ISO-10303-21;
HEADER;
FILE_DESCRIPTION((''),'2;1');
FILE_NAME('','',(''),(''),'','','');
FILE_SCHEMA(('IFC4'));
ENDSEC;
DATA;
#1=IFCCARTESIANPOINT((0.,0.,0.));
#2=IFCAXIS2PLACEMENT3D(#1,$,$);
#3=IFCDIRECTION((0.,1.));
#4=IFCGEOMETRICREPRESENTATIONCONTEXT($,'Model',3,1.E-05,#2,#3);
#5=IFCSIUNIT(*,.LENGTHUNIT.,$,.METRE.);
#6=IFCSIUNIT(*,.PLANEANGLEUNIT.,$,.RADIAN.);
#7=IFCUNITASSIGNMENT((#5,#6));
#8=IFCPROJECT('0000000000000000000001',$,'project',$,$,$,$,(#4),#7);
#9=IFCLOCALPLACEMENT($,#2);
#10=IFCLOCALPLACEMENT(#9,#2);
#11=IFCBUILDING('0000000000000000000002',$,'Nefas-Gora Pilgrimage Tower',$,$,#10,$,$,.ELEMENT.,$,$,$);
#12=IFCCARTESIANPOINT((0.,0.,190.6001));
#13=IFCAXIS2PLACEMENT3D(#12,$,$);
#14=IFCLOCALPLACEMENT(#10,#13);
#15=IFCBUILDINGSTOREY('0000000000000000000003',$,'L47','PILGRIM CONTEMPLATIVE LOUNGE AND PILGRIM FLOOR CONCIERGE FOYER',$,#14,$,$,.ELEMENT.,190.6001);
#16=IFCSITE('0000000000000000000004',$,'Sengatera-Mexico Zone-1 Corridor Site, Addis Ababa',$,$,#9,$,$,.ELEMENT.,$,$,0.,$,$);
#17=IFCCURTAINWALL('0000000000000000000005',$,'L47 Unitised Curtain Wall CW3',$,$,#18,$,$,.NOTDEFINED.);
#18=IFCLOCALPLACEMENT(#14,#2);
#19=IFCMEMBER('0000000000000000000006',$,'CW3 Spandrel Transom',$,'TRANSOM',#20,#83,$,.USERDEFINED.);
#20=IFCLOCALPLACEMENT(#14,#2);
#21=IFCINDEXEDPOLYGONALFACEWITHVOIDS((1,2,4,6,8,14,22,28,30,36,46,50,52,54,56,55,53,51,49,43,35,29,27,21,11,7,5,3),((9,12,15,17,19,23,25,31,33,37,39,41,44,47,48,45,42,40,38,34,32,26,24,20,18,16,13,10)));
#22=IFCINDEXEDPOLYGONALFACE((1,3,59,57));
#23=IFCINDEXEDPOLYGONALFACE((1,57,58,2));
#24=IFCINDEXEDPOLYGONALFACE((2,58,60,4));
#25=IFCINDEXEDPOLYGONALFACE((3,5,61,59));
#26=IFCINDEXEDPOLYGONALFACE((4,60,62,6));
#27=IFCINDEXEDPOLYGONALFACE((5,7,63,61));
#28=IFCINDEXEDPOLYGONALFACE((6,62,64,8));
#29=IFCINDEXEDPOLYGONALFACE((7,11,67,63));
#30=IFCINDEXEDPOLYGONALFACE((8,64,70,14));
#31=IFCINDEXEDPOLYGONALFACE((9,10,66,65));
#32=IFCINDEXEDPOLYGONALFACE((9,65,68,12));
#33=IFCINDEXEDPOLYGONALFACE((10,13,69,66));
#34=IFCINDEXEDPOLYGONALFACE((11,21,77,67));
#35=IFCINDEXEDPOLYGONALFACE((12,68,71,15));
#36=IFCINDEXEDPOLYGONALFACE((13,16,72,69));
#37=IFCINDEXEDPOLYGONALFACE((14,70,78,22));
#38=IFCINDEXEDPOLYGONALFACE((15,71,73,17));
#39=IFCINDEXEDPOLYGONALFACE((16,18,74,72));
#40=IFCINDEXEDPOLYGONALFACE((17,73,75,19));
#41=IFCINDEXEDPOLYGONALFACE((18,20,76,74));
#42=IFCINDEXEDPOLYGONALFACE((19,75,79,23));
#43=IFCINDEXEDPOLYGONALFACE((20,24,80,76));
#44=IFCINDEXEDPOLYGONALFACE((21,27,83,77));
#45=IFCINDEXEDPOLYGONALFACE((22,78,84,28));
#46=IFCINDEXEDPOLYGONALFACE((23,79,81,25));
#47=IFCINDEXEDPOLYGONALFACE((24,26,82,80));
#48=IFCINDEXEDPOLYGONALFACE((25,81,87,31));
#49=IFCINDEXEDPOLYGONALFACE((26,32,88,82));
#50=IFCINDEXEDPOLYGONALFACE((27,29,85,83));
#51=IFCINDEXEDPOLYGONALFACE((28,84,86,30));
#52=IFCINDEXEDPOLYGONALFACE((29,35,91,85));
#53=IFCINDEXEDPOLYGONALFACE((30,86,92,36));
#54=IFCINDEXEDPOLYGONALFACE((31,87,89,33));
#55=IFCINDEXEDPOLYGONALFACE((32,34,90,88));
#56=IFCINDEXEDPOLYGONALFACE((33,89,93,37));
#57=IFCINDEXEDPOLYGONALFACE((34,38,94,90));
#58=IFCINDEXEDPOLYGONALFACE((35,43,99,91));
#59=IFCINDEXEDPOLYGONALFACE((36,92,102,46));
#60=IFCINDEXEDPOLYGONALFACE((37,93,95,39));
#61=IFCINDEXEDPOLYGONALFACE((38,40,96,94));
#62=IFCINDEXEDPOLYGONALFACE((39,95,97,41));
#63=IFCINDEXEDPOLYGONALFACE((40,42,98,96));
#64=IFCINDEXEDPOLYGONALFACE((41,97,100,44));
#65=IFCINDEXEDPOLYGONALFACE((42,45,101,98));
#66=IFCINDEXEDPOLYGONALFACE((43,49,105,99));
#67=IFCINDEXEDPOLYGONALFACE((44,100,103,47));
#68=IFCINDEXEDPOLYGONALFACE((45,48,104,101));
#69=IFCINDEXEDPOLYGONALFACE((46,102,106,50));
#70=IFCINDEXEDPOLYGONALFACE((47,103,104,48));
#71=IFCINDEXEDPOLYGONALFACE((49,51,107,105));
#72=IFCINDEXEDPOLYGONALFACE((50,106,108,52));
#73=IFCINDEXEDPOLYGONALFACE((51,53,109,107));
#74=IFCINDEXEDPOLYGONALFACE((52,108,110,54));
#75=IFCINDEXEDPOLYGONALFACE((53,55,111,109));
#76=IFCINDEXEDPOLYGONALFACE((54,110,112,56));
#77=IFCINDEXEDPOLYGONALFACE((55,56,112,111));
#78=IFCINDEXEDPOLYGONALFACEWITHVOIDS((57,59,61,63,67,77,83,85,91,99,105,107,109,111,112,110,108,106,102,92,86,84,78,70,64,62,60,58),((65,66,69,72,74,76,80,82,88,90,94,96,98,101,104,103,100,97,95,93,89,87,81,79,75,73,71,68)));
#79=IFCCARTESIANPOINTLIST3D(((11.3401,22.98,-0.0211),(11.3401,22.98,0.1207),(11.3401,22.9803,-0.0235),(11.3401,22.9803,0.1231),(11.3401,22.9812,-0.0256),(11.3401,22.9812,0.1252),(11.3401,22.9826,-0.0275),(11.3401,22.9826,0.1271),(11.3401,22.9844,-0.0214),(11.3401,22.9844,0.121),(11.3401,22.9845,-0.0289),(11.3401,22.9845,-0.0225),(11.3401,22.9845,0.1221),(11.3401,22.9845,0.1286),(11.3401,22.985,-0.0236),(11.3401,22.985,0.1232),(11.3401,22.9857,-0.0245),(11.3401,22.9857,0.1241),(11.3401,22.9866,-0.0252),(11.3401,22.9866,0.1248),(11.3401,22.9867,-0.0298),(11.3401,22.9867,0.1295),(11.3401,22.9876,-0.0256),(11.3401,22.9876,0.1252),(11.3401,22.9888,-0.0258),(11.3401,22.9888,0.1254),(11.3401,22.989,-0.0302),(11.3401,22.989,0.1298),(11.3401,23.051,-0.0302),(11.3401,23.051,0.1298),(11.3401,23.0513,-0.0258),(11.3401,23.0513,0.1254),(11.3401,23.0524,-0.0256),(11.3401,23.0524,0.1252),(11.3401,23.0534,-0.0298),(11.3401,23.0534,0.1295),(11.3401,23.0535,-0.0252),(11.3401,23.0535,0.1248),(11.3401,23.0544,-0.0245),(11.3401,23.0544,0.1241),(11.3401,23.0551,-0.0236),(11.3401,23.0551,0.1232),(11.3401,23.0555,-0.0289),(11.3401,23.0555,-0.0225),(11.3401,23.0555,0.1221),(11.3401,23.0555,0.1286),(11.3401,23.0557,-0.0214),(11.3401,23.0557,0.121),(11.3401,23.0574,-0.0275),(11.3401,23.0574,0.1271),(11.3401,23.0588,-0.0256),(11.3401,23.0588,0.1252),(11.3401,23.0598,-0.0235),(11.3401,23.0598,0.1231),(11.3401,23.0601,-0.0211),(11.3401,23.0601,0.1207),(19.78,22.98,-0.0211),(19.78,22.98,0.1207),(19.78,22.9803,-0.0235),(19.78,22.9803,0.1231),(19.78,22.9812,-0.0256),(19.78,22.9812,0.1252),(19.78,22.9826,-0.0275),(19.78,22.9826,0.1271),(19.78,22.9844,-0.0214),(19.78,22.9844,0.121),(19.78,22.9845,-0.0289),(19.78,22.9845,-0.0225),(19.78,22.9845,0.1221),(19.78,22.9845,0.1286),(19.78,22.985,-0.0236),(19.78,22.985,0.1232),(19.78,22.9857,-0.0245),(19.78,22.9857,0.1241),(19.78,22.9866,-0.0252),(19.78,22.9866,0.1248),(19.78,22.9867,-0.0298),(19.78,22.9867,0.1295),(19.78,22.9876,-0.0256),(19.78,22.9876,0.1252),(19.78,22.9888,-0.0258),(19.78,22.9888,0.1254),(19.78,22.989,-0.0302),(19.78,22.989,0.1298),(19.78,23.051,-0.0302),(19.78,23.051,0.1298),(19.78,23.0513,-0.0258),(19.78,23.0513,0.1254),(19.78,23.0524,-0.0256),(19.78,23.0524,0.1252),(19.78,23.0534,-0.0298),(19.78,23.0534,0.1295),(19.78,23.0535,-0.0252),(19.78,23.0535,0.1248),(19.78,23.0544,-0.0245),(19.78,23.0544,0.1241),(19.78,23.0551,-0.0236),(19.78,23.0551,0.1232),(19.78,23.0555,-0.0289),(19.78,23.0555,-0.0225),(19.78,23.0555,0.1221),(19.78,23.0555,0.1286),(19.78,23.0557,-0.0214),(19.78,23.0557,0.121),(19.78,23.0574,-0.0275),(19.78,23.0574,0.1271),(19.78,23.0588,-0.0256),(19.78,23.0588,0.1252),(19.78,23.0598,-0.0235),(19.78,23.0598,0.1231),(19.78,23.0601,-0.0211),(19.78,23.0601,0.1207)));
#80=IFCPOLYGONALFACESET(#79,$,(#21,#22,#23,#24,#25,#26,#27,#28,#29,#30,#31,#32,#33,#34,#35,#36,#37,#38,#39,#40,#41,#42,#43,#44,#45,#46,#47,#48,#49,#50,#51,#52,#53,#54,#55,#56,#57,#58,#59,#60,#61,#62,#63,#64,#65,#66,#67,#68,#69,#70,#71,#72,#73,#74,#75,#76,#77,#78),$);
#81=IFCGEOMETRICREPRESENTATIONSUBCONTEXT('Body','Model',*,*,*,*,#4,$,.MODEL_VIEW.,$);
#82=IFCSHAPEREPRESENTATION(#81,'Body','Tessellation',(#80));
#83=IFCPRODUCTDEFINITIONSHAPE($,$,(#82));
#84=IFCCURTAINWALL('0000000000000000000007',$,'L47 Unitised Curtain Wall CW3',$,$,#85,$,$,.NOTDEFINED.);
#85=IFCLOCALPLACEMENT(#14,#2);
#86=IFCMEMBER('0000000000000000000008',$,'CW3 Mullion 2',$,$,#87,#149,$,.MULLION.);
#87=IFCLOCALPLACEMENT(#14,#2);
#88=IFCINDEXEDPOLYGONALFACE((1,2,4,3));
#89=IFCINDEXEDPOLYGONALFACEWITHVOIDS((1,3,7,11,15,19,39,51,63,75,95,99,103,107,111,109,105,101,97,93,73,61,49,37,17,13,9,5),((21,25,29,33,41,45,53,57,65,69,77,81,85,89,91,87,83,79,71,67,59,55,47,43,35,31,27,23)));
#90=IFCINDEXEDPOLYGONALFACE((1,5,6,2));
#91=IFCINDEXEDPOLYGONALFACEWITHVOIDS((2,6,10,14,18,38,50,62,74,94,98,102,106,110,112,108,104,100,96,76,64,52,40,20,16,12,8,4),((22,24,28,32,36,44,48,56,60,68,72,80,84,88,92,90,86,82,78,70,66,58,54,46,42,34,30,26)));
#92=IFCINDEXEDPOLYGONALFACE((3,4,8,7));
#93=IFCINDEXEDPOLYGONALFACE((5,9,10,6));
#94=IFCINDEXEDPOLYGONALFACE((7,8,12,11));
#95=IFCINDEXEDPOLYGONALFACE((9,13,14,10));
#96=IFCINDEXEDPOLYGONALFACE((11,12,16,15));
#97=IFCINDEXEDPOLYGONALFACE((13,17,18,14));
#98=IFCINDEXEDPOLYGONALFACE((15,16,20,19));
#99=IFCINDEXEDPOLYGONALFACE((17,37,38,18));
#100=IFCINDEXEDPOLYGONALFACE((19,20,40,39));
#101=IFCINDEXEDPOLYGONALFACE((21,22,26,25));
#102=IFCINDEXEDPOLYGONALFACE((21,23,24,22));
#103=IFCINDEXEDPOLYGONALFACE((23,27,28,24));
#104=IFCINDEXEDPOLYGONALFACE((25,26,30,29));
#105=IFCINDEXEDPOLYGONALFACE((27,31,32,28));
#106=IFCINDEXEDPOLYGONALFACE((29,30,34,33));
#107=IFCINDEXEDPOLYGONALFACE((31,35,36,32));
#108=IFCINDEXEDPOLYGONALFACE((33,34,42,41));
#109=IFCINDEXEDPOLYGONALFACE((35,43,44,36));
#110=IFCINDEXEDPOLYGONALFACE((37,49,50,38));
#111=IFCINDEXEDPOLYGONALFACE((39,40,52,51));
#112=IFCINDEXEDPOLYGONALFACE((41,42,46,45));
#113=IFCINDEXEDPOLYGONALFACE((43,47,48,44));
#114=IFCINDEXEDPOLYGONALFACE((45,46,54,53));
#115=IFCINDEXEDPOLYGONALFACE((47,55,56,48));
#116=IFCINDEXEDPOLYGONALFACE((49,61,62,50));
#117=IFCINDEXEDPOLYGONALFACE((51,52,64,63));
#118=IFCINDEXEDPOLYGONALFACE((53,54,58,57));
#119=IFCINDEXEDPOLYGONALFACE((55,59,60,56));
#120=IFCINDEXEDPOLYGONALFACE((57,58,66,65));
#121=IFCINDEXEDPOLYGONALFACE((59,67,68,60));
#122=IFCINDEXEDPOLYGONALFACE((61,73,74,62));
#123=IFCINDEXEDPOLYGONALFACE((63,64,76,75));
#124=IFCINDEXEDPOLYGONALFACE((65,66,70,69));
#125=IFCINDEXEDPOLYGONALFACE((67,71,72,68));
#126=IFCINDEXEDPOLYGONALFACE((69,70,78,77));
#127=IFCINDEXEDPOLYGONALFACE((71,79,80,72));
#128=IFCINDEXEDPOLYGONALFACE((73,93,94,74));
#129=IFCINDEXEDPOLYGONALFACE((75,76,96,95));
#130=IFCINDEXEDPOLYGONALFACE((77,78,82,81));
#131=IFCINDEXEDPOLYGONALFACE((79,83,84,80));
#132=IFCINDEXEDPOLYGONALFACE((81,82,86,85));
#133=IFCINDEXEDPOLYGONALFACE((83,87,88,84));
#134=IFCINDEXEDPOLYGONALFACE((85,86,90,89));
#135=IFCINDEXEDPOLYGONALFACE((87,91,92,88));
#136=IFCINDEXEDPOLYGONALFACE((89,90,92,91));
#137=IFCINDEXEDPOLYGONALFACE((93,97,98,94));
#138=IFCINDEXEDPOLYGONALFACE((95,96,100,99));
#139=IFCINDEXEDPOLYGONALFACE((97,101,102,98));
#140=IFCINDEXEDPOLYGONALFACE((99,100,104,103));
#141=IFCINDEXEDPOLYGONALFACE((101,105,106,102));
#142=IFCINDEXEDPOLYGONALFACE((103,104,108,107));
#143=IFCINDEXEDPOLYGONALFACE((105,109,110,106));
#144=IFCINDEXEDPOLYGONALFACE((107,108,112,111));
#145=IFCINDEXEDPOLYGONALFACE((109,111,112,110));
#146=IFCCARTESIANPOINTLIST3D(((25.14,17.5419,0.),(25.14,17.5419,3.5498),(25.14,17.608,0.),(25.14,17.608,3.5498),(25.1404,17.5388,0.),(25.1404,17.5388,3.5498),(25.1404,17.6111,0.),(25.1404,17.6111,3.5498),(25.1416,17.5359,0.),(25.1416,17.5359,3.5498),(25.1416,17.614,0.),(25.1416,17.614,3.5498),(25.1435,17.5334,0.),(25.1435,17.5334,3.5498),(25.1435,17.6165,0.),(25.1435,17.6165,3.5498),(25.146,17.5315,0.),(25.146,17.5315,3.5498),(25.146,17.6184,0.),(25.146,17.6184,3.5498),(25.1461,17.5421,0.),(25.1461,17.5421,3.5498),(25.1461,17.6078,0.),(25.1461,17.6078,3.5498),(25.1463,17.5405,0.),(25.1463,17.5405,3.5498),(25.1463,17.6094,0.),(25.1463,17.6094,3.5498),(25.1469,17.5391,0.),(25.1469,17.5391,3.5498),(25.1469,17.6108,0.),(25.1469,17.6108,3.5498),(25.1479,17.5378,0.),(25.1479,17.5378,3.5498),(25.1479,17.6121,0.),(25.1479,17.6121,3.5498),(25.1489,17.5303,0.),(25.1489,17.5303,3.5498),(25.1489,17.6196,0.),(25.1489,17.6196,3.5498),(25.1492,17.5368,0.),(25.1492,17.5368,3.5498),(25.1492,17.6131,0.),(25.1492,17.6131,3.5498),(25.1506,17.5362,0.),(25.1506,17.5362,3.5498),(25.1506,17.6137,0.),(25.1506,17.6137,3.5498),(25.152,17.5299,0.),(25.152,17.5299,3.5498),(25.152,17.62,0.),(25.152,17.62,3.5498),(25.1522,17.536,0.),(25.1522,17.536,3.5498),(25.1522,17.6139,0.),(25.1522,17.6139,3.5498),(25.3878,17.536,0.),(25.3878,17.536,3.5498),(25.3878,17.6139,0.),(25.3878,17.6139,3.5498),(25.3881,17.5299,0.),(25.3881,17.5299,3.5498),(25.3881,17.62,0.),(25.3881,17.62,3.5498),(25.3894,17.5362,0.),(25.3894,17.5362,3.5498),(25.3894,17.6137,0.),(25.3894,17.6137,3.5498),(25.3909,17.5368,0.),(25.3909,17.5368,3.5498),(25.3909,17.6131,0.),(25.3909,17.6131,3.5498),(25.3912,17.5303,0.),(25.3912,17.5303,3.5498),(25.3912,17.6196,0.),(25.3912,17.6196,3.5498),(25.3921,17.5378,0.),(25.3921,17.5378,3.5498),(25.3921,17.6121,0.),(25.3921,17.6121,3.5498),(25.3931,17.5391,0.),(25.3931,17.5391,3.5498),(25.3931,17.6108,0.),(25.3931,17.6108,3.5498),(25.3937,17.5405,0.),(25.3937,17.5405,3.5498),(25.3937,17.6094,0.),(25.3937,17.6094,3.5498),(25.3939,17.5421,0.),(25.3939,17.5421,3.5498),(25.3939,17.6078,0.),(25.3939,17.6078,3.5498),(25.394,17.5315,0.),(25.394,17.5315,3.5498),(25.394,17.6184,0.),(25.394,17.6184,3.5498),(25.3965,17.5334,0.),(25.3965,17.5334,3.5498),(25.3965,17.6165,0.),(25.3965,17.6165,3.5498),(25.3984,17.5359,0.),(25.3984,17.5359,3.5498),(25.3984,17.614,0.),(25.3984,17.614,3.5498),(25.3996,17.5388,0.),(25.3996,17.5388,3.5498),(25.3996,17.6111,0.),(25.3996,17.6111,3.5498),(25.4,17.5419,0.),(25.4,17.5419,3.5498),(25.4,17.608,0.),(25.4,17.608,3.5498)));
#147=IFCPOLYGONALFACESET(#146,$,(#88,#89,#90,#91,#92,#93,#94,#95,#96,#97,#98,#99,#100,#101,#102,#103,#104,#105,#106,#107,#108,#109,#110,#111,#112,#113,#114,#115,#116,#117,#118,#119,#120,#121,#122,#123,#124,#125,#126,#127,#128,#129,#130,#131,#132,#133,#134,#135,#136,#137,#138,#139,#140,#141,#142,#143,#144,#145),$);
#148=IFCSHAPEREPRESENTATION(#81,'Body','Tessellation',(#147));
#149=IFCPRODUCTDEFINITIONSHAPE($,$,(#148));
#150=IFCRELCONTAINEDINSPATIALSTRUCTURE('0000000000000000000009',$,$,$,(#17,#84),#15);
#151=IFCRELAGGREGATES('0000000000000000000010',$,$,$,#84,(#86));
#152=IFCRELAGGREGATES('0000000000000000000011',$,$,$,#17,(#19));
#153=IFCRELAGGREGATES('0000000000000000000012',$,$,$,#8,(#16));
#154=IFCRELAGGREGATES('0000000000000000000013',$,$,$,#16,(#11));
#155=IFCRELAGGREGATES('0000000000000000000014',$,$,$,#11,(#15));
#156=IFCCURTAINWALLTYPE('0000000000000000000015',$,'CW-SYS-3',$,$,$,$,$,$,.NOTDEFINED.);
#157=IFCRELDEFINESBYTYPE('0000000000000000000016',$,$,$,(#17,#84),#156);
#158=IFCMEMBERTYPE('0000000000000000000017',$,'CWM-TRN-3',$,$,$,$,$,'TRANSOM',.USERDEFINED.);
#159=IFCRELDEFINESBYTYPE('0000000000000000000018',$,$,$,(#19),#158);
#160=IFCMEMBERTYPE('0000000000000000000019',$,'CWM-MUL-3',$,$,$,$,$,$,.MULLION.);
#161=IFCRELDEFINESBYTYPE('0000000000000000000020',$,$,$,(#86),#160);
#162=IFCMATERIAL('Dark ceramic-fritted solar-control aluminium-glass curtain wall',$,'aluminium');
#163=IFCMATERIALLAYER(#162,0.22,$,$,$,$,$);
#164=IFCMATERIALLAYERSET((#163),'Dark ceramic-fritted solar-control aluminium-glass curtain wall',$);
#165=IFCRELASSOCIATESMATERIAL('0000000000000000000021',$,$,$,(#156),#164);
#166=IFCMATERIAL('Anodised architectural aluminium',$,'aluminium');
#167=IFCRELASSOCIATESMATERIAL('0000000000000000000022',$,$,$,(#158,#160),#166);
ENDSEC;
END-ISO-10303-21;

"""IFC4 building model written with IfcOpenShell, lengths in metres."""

from ifc_helpers import new_model, si_unit, direction, frame, origin, origin_2d, place, context, subcontext, project, spatial, hollow_rectangle, extrude, source, transform, mapped, material, layer, layer_set, material_profile, profile_set, type_object, element, aggregate, save


model = new_model("IFC4")

# Units and contexts
model_context = context("Model", 3, precision=1e-05, world=origin(), true_north=direction((0.0, 1.0)))
body_context = subcontext(model_context, "Body", "Model", "MODEL_VIEW")
ifc_project = project(units=[si_unit("LENGTHUNIT", "METRE"), si_unit("PLANEANGLEUNIT", "RADIAN")], contexts=[model_context])

# Site, building, storey
site_placement = place(None, origin())
site = spatial("IfcSite", under=ifc_project, at=site_placement, Name="Sengatera-Mexico Zone-1 Corridor Site, Addis Ababa", CompositionType="ELEMENT", RefElevation=0.0)
building_placement = place(site_placement, origin())
building = spatial("IfcBuilding", under=site, at=building_placement, Name="Nefas-Gora Pilgrimage Tower", CompositionType="ELEMENT")
storey_placement = place(building_placement, frame((0.0, 0.0, 190.6001)))
storey = spatial("IfcBuildingStorey", under=building, at=storey_placement, Name="L47", Description="PILGRIM CONTEMPLATIVE LOUNGE AND PILGRIM FLOOR CONCIERGE FOYER", CompositionType="ELEMENT", Elevation=190.6001)

# Curtain walls, members
ifc_material_1 = material(Name="Dark ceramic-fritted solar-control aluminium-glass curtain wall", Category="aluminium")
ifc_layer_1 = layer(ifc_material_1, 0.22)
ifc_layer_set_1 = layer_set([ifc_layer_1], Name="Dark ceramic-fritted solar-control aluminium-glass curtain wall")
curtain_wall_type = type_object("IfcCurtainWallType", Name="CW-SYS-3", PredefinedType="NOTDEFINED", material=ifc_layer_set_1)
curtain_wall_1_placement = place(storey_placement, origin())
curtain_wall_1 = element("IfcCurtainWall", 1, at=curtain_wall_1_placement, inside=storey, type_object=curtain_wall_type, Name="L47 Unitised Curtain Wall CW3", PredefinedType="NOTDEFINED")
ifc_material_2 = material(Name="Anodised architectural aluminium", Category="aluminium")
ifc_material_profile_1 = material_profile(ifc_material_2, hollow_rectangle(XDim=0.0801, YDim=0.1599, WallThickness=0.0044, InnerFilletRadius=0.0044, OuterFilletRadius=0.009, at=origin_2d()), Name="ALU TRANSOM 80x160")
ifc_profile_set_1 = profile_set([ifc_material_profile_1], Name="Anodised architectural aluminium")
member_type_1 = type_object("IfcMemberType", Name="CWM-TRN-3", ElementType="TRANSOM", PredefinedType="USERDEFINED", material=ifc_profile_set_1)
shared_shape_1 = source(origin(), body_context, "Body", "SweptSolid", [
    extrude(hollow_rectangle(XDim=0.0801, YDim=0.1599, WallThickness=0.0044, InnerFilletRadius=0.0044, OuterFilletRadius=0.009, at=origin_2d()), origin(), (0.0, 0.0, 1.0), 8.4399),
])
member_1_placement = place(storey_placement, frame((19.78, 23.02, 0.0498), z_axis=(-1.0, 0.0, 0.0), x_axis=(0.0, -1.0, 0.0)))
member_1 = element("IfcMember", 2, at=member_1_placement, type_object=member_type_1, Name="CW3 Spandrel Transom", ObjectType="TRANSOM", PredefinedType="USERDEFINED", context=body_context, shape_type="MappedRepresentation", body=[
    mapped(shared_shape_1, transform((0.0, 0.0, 0.0), x_axis=(1.0, 0.0, 0.0), y_axis=(0.0, 1.0, 0.0), z_axis=(0.0, 0.0, 1.0), scale=1.0)),
])
curtain_wall_2_placement = place(storey_placement, origin())
curtain_wall_2 = element("IfcCurtainWall", 3, at=curtain_wall_2_placement, inside=storey, type_object=curtain_wall_type, Name="L47 Unitised Curtain Wall CW3", PredefinedType="NOTDEFINED")
ifc_material_profile_2 = material_profile(ifc_material_2, hollow_rectangle(XDim=0.0901, YDim=0.26, WallThickness=0.0061, InnerFilletRadius=0.0061, OuterFilletRadius=0.012, at=origin_2d()), Name="ALU MULLION 90x260")
ifc_profile_set_2 = profile_set([ifc_material_profile_2], Name="Anodised architectural aluminium")
member_type_2 = type_object("IfcMemberType", Name="CWM-MUL-3", PredefinedType="MULLION", material=ifc_profile_set_2)
shared_shape_2 = source(origin(), body_context, "Body", "SweptSolid", [
    extrude(hollow_rectangle(XDim=0.0901, YDim=0.26, WallThickness=0.0061, InnerFilletRadius=0.0061, OuterFilletRadius=0.012, at=origin_2d()), origin(), (0.0, 0.0, 1.0), 3.5498),
])
member_2_placement = place(storey_placement, frame((25.27, 17.575, 0.0), z_axis=(0.0, 0.0, 1.0), x_axis=(0.0, 1.0, 0.0)))
member_2 = element("IfcMember", 4, at=member_2_placement, type_object=member_type_2, Name="CW3 Mullion 2", PredefinedType="MULLION", context=body_context, shape_type="MappedRepresentation", body=[
    mapped(shared_shape_2, transform((0.0, 0.0, 0.0), x_axis=(1.0, 0.0, 0.0), y_axis=(0.0, 1.0, 0.0), z_axis=(0.0, 0.0, 1.0), scale=1.0)),
])
aggregate(curtain_wall_2, [member_2])

aggregate(curtain_wall_1, [member_1])

save(model, "model.ifc")
